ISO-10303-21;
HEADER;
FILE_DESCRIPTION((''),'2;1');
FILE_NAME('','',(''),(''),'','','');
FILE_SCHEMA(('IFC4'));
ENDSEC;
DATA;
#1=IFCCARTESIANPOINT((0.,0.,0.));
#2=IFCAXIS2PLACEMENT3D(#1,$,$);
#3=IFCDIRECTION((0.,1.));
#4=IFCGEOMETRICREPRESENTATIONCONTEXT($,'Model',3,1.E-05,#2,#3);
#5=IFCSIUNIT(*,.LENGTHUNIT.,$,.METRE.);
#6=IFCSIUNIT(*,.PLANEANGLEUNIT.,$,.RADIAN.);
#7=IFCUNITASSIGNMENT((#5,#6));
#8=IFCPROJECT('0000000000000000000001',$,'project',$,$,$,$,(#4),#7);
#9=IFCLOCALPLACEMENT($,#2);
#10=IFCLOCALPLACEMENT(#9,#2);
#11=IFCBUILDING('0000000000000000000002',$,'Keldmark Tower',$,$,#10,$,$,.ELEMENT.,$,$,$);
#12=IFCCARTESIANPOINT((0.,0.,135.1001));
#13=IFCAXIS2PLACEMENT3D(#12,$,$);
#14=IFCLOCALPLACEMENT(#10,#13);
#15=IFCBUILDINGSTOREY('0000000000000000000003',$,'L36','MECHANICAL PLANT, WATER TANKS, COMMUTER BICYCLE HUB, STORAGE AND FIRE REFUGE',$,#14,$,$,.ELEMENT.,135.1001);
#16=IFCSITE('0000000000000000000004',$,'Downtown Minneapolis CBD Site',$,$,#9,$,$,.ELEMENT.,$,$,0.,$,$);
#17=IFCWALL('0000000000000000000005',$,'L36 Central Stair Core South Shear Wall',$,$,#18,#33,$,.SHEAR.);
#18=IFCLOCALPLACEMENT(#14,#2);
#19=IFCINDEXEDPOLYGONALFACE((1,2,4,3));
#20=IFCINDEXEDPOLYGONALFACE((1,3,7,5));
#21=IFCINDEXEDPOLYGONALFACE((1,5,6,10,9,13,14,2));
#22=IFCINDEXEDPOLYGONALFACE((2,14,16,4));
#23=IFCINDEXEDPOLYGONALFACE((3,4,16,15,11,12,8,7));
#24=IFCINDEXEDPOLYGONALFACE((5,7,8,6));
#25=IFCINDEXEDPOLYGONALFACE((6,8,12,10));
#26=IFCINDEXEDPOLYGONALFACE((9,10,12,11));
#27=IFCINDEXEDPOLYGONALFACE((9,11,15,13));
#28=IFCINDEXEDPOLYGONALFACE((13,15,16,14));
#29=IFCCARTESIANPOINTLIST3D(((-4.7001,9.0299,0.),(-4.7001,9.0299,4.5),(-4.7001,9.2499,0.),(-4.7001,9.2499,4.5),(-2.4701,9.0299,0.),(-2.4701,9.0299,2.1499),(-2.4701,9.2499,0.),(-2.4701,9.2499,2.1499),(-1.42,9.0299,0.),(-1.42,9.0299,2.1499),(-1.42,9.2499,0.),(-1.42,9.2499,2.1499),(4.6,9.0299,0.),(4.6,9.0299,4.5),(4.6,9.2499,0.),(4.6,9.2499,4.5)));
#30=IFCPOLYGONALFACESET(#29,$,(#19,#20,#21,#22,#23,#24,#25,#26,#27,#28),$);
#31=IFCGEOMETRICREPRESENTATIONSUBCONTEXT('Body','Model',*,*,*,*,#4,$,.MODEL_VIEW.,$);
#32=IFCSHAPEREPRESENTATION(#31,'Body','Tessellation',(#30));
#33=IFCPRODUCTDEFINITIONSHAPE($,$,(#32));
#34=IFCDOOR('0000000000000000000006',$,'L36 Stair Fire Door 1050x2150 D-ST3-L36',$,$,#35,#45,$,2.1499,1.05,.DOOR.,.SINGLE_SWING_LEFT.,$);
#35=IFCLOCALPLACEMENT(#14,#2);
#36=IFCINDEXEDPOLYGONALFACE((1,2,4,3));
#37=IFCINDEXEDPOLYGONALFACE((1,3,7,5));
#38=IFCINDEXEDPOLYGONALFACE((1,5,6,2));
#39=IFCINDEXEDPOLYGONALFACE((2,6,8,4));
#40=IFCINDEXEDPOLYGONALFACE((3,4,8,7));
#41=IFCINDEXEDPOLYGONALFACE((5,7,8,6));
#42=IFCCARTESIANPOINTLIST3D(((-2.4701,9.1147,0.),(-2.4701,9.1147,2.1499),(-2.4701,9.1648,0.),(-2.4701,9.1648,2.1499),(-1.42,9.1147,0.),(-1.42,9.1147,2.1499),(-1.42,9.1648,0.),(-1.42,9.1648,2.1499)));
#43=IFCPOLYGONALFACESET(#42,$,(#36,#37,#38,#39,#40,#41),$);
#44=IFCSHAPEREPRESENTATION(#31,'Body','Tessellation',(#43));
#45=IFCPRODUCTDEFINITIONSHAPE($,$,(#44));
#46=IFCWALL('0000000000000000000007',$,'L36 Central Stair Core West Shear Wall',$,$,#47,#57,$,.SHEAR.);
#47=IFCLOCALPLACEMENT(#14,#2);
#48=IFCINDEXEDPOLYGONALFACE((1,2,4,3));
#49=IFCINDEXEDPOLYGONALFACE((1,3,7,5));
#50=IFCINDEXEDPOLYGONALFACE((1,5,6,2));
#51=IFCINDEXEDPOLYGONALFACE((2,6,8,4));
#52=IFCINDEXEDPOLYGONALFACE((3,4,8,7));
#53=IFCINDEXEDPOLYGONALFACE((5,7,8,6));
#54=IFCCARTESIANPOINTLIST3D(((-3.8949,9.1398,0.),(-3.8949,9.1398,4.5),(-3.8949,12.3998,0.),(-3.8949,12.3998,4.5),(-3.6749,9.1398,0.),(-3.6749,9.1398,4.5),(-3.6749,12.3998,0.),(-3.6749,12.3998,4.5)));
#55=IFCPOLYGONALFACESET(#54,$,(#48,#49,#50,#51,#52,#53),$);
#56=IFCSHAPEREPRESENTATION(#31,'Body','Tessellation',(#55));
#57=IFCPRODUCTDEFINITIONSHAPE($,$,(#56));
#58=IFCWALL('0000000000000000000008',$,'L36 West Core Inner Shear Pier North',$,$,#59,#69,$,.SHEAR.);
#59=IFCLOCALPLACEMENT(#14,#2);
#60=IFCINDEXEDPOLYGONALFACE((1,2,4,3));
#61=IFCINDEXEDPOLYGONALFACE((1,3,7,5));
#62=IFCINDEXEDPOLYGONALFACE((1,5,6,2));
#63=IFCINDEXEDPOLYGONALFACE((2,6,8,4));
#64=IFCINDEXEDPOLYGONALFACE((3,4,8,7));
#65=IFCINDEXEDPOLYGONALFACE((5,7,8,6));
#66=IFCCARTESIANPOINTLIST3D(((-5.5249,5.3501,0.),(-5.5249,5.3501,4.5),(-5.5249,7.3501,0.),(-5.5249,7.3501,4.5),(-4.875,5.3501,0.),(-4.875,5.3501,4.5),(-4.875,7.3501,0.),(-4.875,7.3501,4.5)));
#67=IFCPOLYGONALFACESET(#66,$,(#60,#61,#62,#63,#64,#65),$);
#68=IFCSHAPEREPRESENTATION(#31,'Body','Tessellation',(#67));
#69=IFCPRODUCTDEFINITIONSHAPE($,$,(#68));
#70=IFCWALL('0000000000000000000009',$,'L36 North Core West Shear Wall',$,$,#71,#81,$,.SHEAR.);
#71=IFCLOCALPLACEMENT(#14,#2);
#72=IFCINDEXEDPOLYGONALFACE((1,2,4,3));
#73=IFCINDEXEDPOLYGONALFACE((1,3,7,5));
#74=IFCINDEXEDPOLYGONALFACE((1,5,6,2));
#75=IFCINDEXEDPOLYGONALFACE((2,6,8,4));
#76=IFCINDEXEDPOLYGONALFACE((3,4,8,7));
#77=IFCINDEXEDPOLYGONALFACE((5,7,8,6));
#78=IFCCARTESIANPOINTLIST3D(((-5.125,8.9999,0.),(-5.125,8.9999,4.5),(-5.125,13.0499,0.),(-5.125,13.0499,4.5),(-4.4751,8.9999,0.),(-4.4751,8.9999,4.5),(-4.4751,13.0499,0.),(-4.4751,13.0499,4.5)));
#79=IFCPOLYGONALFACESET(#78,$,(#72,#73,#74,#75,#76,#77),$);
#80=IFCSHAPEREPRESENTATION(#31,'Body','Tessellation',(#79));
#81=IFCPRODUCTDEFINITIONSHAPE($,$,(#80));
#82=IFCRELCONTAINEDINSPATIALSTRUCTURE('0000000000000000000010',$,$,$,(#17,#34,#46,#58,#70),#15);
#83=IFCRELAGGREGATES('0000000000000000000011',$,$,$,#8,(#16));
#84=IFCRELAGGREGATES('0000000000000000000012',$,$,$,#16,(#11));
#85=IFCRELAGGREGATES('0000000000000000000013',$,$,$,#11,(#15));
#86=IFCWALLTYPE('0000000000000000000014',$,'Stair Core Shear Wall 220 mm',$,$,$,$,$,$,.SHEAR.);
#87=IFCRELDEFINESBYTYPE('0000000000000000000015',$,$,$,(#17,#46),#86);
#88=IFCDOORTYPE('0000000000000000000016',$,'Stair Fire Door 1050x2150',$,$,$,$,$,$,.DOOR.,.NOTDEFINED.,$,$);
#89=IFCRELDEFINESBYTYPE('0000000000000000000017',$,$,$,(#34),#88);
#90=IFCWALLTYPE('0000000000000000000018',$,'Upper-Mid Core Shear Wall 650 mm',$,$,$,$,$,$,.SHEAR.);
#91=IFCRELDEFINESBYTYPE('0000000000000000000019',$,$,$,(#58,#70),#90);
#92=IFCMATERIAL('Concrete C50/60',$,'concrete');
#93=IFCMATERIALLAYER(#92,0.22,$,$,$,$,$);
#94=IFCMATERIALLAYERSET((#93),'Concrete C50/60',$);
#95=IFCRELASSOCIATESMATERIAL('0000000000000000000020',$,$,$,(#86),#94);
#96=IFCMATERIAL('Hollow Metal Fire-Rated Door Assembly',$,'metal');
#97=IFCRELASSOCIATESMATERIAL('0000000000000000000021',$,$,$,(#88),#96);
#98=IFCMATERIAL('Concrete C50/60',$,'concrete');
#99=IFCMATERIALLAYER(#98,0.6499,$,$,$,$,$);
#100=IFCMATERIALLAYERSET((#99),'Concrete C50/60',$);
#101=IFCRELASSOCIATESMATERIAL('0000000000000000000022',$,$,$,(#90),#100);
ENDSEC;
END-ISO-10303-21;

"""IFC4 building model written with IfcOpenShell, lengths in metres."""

from ifc_helpers import new_model, si_unit, direction, frame, frame_2d, origin, place, context, subcontext, project, spatial, rectangle, extrude, material, layer, layer_set, type_object, element, fill, save


model = new_model("IFC4")

# Units and contexts
model_context = context("Model", 3, precision=1e-05, world=origin(), true_north=direction((0.0, 1.0)))
body_context = subcontext(model_context, "Body", "Model", "MODEL_VIEW")
ifc_project = project(units=[si_unit("LENGTHUNIT", "METRE"), si_unit("PLANEANGLEUNIT", "RADIAN")], contexts=[model_context])

# Site, building, storey
site_placement = place(None, origin())
site = spatial("IfcSite", under=ifc_project, at=site_placement, Name="Downtown Minneapolis CBD Site", CompositionType="ELEMENT", RefElevation=0.0)
building_placement = place(site_placement, origin())
building = spatial("IfcBuilding", under=site, at=building_placement, Name="Keldmark Tower", CompositionType="ELEMENT")
storey_placement = place(building_placement, frame((0.0, 0.0, 135.1001)))
storey = spatial("IfcBuildingStorey", under=building, at=storey_placement, Name="L36", Description="MECHANICAL PLANT, WATER TANKS, COMMUTER BICYCLE HUB, STORAGE AND FIRE REFUGE", CompositionType="ELEMENT", Elevation=135.1001)

# Wall, opening, door
ifc_material_1 = material(Name="Concrete C50/60", Category="concrete")
ifc_layer_1 = layer(ifc_material_1, 0.22)
ifc_layer_set_1 = layer_set([ifc_layer_1], Name="Concrete C50/60")
wall_type_1 = type_object("IfcWallType", Name="Stair Core Shear Wall 220 mm", PredefinedType="SHEAR", material=ifc_layer_set_1)
wall_1_placement = place(storey_placement, frame((-4.7, 9.1399, 0.0), z_axis=(0.0, 0.0, 1.0), x_axis=(1.0, 0.0, 0.0)))
wall_1 = element("IfcWall", 1, at=wall_1_placement, inside=storey, type_object=wall_type_1, Name="L36 Central Stair Core South Shear Wall", PredefinedType="SHEAR", context=body_context, shape_type="SweptSolid", body=[
    extrude(rectangle(XDim=9.3, YDim=0.22, at=frame_2d((4.6499, 0.0))), origin(), (0.0, 0.0, 1.0), 4.5),
])
opening_1_placement = place(wall_1_placement, frame((2.23, 0.0, 0.0)))
opening_1 = element("IfcOpeningElement", 2, at=opening_1_placement, cuts=wall_1, PredefinedType="OPENING", context=body_context, shape_type="SweptSolid", body=[
    extrude(rectangle(XDim=1.05, YDim=2.1499, at=frame_2d((0.5249, 1.075))), frame((0.0, 0.1199, 0.0), z_axis=(0.0, -1.0, 0.0), x_axis=(1.0, 0.0, 0.0)), (0.0, 0.0, 1.0), 0.24),
])
ifc_material_2 = material(Name="Hollow Metal Fire-Rated Door Assembly", Category="metal")
door_type_1 = type_object("IfcDoorType", Name="Stair Fire Door 1050x2150", OperationType="NOTDEFINED", PredefinedType="DOOR", material=ifc_material_2)
door_1_placement = place(opening_1_placement, origin())
door_1 = element("IfcDoor", 3, at=door_1_placement, inside=storey, type_object=door_type_1, Name="L36 Stair Fire Door 1050x2150 D-ST3-L36", OperationType="SINGLE_SWING_LEFT", OverallHeight=2.1499, OverallWidth=1.05, PredefinedType="DOOR", context=body_context, shape_type="SweptSolid", body=[
    extrude(rectangle(XDim=1.05, YDim=2.1499, at=frame_2d((0.5249, 1.075))), frame((0.0, 0.0249, 0.0), z_axis=(0.0, -1.0, 0.0), x_axis=(1.0, 0.0, 0.0)), (0.0, 0.0, 1.0), 0.05),
])
fill(opening_1, door_1)

# Walls
wall_2_placement = place(storey_placement, frame((-3.7849, 9.1399, 0.0), z_axis=(0.0, 0.0, 1.0), x_axis=(0.0, 1.0, 0.0)))
element("IfcWall", 4, at=wall_2_placement, inside=storey, type_object=wall_type_1, Name="L36 Central Stair Core West Shear Wall", PredefinedType="SHEAR", context=body_context, shape_type="SweptSolid", body=[
    extrude(rectangle(XDim=3.26, YDim=0.22, at=frame_2d((1.6299, 0.0))), origin(), (0.0, 0.0, 1.0), 4.5),
])
ifc_material_3 = material(Name="Concrete C50/60", Category="concrete")
ifc_layer_2 = layer(ifc_material_3, 0.6499)
ifc_layer_set_2 = layer_set([ifc_layer_2], Name="Concrete C50/60")
wall_type_2 = type_object("IfcWallType", Name="Upper-Mid Core Shear Wall 650 mm", PredefinedType="SHEAR", material=ifc_layer_set_2)
wall_3_placement = place(storey_placement, frame((-5.2, 5.3501, 0.0), z_axis=(0.0, 0.0, 1.0), x_axis=(0.0, 1.0, 0.0)))
element("IfcWall", 5, at=wall_3_placement, inside=storey, type_object=wall_type_2, Name="L36 West Core Inner Shear Pier North", PredefinedType="SHEAR", context=body_context, shape_type="SweptSolid", body=[
    extrude(rectangle(XDim=2.0, YDim=0.6499, at=frame_2d((1.0, 0.0))), origin(), (0.0, 0.0, 1.0), 4.5),
])
wall_4_placement = place(storey_placement, frame((-4.8, 9.0, 0.0), z_axis=(0.0, 0.0, 1.0), x_axis=(0.0, 1.0, 0.0)))
element("IfcWall", 6, at=wall_4_placement, inside=storey, type_object=wall_type_2, Name="L36 North Core West Shear Wall", PredefinedType="SHEAR", context=body_context, shape_type="SweptSolid", body=[
    extrude(rectangle(XDim=4.05, YDim=0.6499, at=frame_2d((2.0249, 0.0))), origin(), (0.0, 0.0, 1.0), 4.5),
])

save(model, "model.ifc")
